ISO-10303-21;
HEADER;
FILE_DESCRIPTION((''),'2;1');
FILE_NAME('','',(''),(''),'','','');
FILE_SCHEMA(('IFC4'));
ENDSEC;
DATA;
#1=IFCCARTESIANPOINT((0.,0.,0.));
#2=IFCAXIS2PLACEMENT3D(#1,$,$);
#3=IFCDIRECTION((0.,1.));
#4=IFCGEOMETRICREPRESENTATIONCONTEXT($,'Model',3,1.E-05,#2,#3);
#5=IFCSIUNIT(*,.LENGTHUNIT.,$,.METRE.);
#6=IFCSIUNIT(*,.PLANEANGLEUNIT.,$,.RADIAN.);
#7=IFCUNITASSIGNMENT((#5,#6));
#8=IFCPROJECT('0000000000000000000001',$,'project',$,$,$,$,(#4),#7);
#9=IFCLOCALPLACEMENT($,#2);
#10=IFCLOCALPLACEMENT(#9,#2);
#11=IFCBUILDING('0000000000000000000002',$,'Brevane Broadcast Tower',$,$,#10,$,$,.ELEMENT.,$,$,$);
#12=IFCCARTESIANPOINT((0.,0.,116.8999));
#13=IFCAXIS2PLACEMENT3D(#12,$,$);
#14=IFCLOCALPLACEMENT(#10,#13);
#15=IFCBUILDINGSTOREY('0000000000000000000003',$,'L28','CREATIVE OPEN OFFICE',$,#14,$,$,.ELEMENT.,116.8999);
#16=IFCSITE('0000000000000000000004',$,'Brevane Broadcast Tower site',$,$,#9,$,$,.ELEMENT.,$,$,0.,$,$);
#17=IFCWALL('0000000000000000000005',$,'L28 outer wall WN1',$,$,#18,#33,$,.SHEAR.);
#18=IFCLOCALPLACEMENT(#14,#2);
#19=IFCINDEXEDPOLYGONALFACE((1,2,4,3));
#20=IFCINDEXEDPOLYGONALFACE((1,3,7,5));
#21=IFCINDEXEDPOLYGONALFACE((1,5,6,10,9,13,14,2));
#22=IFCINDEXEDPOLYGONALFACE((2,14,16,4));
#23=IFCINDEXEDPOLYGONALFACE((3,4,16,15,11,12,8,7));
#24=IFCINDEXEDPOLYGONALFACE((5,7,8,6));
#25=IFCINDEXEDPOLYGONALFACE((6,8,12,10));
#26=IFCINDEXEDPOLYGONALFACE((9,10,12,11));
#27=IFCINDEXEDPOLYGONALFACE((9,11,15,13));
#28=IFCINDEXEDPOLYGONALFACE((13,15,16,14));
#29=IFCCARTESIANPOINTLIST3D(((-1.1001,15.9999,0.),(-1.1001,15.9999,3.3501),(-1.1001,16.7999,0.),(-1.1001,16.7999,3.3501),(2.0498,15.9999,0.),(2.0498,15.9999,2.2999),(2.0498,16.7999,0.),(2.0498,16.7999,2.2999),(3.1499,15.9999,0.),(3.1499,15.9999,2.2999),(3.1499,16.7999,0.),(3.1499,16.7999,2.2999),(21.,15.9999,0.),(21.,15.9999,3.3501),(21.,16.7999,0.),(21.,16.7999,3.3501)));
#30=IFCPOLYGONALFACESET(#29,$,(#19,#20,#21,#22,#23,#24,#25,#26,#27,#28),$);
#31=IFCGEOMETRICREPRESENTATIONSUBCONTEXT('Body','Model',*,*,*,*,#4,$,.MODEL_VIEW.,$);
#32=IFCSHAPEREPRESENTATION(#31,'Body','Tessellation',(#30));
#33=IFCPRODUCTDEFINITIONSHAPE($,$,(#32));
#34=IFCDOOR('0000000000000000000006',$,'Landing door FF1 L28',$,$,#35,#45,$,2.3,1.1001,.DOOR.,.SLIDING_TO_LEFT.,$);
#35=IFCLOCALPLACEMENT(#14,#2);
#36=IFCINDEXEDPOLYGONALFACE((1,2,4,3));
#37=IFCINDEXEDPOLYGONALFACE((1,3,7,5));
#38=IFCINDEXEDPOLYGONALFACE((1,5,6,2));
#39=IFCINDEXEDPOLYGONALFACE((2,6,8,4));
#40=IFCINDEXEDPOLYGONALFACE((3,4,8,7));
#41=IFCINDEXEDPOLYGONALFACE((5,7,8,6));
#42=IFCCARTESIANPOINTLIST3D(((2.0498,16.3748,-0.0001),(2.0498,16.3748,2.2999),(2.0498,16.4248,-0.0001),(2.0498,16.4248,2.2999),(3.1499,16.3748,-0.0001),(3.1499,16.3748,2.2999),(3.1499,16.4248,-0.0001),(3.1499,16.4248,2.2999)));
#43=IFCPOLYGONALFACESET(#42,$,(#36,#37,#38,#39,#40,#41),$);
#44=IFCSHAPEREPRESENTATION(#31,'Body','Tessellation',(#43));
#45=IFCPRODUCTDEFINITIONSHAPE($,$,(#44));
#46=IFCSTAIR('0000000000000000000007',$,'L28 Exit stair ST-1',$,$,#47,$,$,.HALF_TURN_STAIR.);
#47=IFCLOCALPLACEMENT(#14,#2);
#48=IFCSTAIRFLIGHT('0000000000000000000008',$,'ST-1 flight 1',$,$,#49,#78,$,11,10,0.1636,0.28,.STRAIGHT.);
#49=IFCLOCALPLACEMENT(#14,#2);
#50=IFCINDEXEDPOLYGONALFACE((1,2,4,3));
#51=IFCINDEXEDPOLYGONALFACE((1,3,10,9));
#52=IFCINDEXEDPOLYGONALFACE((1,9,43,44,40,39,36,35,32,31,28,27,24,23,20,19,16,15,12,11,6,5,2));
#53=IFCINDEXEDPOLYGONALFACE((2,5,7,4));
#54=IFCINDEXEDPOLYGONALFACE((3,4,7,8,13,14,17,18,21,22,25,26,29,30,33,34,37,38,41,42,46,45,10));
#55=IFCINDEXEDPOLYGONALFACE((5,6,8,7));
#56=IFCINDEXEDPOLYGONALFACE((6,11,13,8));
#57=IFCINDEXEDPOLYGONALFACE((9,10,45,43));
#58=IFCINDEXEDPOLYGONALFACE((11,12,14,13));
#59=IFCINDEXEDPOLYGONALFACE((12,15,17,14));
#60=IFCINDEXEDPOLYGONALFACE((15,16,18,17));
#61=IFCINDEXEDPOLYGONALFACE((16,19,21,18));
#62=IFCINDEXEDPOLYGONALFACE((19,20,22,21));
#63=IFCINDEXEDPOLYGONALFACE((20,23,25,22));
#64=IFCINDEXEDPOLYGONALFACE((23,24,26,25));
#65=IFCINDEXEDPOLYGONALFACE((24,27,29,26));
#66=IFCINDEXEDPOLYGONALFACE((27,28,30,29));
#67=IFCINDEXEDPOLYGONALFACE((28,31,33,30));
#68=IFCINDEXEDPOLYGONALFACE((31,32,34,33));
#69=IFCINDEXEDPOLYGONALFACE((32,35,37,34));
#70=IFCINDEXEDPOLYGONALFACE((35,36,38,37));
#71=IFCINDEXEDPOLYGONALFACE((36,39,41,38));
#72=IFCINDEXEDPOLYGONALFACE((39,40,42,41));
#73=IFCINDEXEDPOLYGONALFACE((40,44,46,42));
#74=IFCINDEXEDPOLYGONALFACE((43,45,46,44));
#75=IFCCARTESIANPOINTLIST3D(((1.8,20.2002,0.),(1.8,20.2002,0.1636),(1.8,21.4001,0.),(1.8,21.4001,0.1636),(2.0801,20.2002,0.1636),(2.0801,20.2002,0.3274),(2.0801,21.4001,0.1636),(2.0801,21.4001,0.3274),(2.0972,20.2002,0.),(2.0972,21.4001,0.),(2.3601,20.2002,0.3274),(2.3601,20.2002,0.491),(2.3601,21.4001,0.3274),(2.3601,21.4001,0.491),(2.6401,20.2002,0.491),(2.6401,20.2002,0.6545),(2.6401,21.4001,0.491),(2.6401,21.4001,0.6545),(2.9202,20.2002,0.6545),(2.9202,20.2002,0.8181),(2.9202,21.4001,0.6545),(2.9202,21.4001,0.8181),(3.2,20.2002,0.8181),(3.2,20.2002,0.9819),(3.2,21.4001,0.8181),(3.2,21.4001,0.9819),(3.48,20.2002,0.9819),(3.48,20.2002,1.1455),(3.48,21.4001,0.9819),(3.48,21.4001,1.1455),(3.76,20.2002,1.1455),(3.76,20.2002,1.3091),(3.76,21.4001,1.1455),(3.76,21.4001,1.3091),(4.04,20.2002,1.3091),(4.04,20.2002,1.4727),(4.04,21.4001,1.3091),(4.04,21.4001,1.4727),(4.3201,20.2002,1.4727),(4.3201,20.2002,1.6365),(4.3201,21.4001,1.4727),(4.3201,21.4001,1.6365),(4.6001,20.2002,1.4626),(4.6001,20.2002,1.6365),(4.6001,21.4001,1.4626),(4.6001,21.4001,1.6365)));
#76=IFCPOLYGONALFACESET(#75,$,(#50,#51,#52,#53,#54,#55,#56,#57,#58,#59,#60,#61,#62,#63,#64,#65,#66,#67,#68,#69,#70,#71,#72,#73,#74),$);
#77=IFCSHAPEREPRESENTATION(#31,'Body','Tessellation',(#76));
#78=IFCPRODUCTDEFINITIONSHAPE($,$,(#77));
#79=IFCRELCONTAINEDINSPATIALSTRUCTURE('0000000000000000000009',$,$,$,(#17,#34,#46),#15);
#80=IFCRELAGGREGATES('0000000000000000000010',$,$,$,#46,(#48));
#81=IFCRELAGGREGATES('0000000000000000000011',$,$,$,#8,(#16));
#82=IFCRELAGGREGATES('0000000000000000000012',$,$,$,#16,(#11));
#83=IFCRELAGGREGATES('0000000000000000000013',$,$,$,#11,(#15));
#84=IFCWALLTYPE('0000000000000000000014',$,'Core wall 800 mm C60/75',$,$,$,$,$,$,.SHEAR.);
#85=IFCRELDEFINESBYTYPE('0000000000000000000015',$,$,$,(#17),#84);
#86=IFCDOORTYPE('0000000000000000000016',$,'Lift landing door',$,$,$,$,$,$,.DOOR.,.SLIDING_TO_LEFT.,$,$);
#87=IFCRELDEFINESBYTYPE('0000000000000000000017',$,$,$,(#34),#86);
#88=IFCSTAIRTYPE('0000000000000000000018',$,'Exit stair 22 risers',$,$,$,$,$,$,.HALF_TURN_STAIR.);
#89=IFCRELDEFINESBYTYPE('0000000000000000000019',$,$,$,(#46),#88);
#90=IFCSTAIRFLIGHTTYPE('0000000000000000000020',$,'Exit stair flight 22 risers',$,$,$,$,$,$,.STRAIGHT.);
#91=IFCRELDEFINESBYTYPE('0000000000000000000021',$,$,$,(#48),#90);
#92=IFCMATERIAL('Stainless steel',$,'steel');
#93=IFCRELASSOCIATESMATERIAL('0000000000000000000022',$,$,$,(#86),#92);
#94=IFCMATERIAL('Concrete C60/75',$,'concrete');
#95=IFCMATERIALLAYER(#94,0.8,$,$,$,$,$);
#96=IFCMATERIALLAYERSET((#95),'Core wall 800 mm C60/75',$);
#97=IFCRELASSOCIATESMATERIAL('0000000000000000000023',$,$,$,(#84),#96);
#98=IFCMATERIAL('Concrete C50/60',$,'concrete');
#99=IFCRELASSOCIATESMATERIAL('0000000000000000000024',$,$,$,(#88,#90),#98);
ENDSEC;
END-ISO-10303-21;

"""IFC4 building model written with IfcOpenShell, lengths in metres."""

from ifc_helpers import new_model, si_unit, direction, frame, frame_2d, origin, place, context, subcontext, project, spatial, polyline, rectangle, outline, extrude, material, layer, layer_set, type_object, element, fill, aggregate, save


model = new_model("IFC4")

# Units and contexts
model_context = context("Model", 3, precision=1e-05, world=origin(), true_north=direction((0.0, 1.0)))
body_context = subcontext(model_context, "Body", "Model", "MODEL_VIEW")
ifc_project = project(units=[si_unit("LENGTHUNIT", "METRE"), si_unit("PLANEANGLEUNIT", "RADIAN")], contexts=[model_context])

# Site, building, storey
site_placement = place(None, origin())
site = spatial("IfcSite", under=ifc_project, at=site_placement, Name="Brevane Broadcast Tower site", CompositionType="ELEMENT", RefElevation=0.0)
building_placement = place(site_placement, origin())
building = spatial("IfcBuilding", under=site, at=building_placement, Name="Brevane Broadcast Tower", CompositionType="ELEMENT")
storey_placement = place(building_placement, frame((0.0, 0.0, 116.8999)))
storey = spatial("IfcBuildingStorey", under=building, at=storey_placement, Name="L28", Description="CREATIVE OPEN OFFICE", CompositionType="ELEMENT", Elevation=116.8999)

# Shared definitions
ifc_material_1 = material(Name="Concrete C60/75", Category="concrete")
ifc_material_2 = material(Name="Stainless steel", Category="steel")
door_type = type_object("IfcDoorType", Name="Lift landing door", OperationType="SLIDING_TO_LEFT", PredefinedType="DOOR", material=ifc_material_2)

# Wall, opening, door
ifc_layer_1 = layer(ifc_material_1, 0.8)
ifc_layer_set_1 = layer_set([ifc_layer_1], Name="Core wall 800 mm C60/75")
wall_type_1 = type_object("IfcWallType", Name="Core wall 800 mm C60/75", PredefinedType="SHEAR", material=ifc_layer_set_1)
wall_1_placement = place(storey_placement, frame((-1.1001, 16.3999, 0.0), z_axis=(0.0, 0.0, 1.0), x_axis=(1.0, 0.0, 0.0)))
wall_1 = element("IfcWall", 1, at=wall_1_placement, inside=storey, type_object=wall_type_1, Name="L28 outer wall WN1", PredefinedType="SHEAR", context=body_context, shape_type="SweptSolid", body=[
    extrude(rectangle(XDim=22.1001, YDim=0.8, at=frame_2d((11.05, 0.0))), origin(), (0.0, 0.0, 1.0), 3.3501),
])
opening_1_placement = place(wall_1_placement, frame((3.1499, 0.0, 0.0)))
opening_1 = element("IfcOpeningElement", 2, at=opening_1_placement, cuts=wall_1, PredefinedType="OPENING", context=body_context, shape_type="SweptSolid", body=[
    extrude(rectangle(XDim=1.1001, YDim=2.3, at=frame_2d((0.55, 1.1499))), frame((0.0, 0.4099, 0.0), z_axis=(0.0, -1.0, 0.0), x_axis=(1.0, 0.0, 0.0)), (0.0, 0.0, 1.0), 0.8201),
])
door_1_placement = place(opening_1_placement, origin())
door_1 = element("IfcDoor", 3, at=door_1_placement, inside=storey, type_object=door_type, Name="Landing door FF1 L28", OperationType="SLIDING_TO_LEFT", OverallHeight=2.3, OverallWidth=1.1001, PredefinedType="DOOR", context=body_context, shape_type="SweptSolid", body=[
    extrude(rectangle(XDim=1.1001, YDim=2.3, at=frame_2d((0.55, 1.1499))), frame((0.0, 0.0249, 0.0), z_axis=(0.0, -1.0, 0.0), x_axis=(1.0, 0.0, 0.0)), (0.0, 0.0, 1.0), 0.05),
])
fill(opening_1, door_1)

# Stair, stair flight
ifc_material_3 = material(Name="Concrete C50/60", Category="concrete")
stair_type = type_object("IfcStairType", Name="Exit stair 22 risers", PredefinedType="HALF_TURN_STAIR", material=ifc_material_3)
stair_placement = place(storey_placement, origin())
stair = element("IfcStair", 4, at=stair_placement, inside=storey, type_object=stair_type, Name="L28 Exit stair ST-1", PredefinedType="HALF_TURN_STAIR")
stair_flight_type = type_object("IfcStairFlightType", Name="Exit stair flight 22 risers", PredefinedType="STRAIGHT", material=ifc_material_3)
stair_flight_placement = place(storey_placement, frame((1.8, 20.8, 0.0), z_axis=(0.0, 0.0, 1.0), x_axis=(1.0, 0.0, 0.0)))
stair_flight = element("IfcStairFlight", 5, at=stair_flight_placement, type_object=stair_flight_type, Name="ST-1 flight 1", NumberOfRisers=11, NumberOfTreads=10, PredefinedType="STRAIGHT", RiserHeight=0.1636, TreadLength=0.28, context=body_context, shape_type="SweptSolid", body=[
    extrude(outline(polyline([(0.0, 0.0), (0.0, 0.1636), (0.28, 0.1636), (0.28, 0.3274), (0.5601, 0.3274), (0.5601, 0.491), (0.8401, 0.491), (0.8401, 0.6545), (1.1201, 0.6545), (1.1201, 0.8181), (1.3999, 0.8181), (1.3999, 0.9819), (1.6799, 0.9819), (1.6799, 1.1455), (1.96, 1.1455), (1.96, 1.3091), (2.24, 1.3091), (2.24, 1.4727), (2.52, 1.4727), (2.52, 1.6365), (2.8, 1.6365), (2.8, 1.8), (2.8, 1.4626), (0.2971, 0.0), (0.0, 0.0)])), frame((0.0, 0.6001, 0.0), z_axis=(0.0, -1.0, 0.0), x_axis=(1.0, 0.0, 0.0)), (0.0, 0.0, 1.0), 1.2),
])
aggregate(stair, [stair_flight])

save(model, "model.ifc")
